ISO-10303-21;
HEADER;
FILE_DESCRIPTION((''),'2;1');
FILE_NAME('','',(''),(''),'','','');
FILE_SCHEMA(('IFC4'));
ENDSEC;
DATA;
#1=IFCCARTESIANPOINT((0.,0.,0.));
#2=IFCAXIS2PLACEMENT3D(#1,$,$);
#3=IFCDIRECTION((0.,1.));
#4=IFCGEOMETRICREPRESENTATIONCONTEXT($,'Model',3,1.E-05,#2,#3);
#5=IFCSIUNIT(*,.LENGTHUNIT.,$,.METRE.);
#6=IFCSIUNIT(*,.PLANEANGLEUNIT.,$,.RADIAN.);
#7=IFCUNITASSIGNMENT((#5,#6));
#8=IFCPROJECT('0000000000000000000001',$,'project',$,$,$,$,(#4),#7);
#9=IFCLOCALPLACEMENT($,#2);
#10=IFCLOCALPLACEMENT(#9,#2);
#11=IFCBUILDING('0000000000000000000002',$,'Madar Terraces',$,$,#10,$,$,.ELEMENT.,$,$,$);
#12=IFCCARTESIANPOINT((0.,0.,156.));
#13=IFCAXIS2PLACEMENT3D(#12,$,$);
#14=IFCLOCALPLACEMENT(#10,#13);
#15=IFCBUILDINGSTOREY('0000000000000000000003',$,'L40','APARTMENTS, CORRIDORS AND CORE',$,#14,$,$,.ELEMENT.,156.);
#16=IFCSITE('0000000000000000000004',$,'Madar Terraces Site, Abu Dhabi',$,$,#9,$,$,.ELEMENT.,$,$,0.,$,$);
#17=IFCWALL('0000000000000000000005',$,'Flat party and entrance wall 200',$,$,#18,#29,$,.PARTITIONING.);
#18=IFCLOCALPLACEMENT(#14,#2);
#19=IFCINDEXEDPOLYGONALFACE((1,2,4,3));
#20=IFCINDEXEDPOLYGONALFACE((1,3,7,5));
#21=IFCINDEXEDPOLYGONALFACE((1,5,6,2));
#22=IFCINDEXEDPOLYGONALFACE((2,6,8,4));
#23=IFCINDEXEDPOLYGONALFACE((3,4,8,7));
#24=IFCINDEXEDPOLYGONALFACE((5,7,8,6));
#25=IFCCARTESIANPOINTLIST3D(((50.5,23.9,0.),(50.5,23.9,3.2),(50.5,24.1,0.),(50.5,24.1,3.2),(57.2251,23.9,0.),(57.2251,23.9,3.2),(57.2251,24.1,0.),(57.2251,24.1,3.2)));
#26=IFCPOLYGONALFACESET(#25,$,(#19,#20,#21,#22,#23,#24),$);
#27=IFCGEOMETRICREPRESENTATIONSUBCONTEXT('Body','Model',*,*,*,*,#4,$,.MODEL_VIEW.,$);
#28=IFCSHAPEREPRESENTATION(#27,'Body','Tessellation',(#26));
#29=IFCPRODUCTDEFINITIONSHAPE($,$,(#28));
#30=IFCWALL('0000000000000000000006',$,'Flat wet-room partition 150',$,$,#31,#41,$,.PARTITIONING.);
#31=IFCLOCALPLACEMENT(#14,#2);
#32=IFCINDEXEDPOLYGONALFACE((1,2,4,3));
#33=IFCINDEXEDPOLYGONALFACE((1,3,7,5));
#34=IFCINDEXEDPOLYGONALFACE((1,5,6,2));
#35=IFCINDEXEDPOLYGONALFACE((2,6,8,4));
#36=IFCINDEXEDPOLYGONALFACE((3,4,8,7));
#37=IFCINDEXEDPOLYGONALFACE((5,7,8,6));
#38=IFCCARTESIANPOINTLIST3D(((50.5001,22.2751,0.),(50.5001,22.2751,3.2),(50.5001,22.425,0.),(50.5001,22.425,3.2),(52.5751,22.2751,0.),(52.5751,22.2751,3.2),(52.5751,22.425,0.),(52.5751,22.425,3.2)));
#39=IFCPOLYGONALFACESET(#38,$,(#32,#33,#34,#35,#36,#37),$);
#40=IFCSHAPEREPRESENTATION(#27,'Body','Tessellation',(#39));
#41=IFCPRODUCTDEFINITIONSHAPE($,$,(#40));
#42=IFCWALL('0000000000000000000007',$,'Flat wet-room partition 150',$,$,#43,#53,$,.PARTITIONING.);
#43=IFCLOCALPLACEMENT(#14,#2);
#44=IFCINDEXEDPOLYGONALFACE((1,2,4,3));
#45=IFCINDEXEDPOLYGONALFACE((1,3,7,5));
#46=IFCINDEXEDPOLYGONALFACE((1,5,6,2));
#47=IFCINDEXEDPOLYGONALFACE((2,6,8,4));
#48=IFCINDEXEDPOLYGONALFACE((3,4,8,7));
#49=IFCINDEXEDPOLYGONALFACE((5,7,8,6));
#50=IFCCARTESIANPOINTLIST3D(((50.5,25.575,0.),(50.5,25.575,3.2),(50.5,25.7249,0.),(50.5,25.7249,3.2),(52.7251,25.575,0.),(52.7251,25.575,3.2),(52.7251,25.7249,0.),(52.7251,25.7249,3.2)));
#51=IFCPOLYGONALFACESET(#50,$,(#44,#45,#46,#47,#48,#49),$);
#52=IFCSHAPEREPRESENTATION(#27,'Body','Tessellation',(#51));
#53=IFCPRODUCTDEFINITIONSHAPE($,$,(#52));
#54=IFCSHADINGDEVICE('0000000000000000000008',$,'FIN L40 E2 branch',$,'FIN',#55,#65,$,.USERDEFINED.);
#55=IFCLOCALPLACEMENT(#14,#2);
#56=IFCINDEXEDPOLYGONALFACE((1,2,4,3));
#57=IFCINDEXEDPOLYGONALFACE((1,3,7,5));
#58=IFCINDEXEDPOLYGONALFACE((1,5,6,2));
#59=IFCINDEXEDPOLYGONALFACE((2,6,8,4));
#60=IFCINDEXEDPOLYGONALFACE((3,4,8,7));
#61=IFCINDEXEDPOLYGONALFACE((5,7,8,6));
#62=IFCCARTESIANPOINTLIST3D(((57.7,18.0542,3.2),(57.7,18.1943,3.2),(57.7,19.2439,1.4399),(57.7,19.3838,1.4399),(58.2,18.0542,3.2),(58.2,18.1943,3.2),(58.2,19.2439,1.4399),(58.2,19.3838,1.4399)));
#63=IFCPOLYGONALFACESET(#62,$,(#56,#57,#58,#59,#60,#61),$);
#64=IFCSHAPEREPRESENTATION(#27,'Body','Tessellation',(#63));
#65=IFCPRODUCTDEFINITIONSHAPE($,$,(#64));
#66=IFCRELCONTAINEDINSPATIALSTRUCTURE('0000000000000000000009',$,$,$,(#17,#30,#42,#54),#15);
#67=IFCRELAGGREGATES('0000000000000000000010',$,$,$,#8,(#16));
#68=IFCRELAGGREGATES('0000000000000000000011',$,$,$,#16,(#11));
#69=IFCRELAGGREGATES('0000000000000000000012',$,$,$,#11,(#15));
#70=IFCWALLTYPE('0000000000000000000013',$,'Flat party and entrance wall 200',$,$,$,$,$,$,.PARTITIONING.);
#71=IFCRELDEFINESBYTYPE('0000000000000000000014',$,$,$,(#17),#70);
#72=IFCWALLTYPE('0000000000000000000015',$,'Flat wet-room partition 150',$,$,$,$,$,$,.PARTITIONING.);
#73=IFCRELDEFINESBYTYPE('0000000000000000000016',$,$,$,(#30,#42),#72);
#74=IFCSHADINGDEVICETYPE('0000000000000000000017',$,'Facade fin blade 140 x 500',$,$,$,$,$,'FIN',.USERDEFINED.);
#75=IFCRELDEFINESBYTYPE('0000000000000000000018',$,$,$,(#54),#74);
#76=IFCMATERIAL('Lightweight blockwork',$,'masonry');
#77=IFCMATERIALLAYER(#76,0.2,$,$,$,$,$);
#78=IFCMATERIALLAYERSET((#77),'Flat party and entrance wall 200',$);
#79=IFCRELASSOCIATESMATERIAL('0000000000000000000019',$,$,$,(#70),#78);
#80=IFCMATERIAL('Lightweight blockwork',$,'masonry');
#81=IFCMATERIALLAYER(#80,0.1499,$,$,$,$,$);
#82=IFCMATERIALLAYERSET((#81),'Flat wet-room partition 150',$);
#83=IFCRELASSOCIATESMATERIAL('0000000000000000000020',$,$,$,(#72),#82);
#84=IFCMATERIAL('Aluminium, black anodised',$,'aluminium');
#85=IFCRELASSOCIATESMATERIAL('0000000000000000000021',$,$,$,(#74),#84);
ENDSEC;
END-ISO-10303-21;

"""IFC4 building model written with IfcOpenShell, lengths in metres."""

from ifc_helpers import new_model, si_unit, direction, frame, frame_2d, origin, place, context, subcontext, project, spatial, polyline, rectangle, outline, extrude, material, layer, layer_set, type_object, element, save


model = new_model("IFC4")

# Units and contexts
model_context = context("Model", 3, precision=1e-05, world=origin(), true_north=direction((0.0, 1.0)))
body_context = subcontext(model_context, "Body", "Model", "MODEL_VIEW")
ifc_project = project(units=[si_unit("LENGTHUNIT", "METRE"), si_unit("PLANEANGLEUNIT", "RADIAN")], contexts=[model_context])

# Site, building, storey
site_placement = place(None, origin())
site = spatial("IfcSite", under=ifc_project, at=site_placement, Name="Madar Terraces Site, Abu Dhabi", CompositionType="ELEMENT", RefElevation=0.0)
building_placement = place(site_placement, origin())
building = spatial("IfcBuilding", under=site, at=building_placement, Name="Madar Terraces", CompositionType="ELEMENT")
storey_placement = place(building_placement, frame((0.0, 0.0, 156.0)))
storey = spatial("IfcBuildingStorey", under=building, at=storey_placement, Name="L40", Description="APARTMENTS, CORRIDORS AND CORE", CompositionType="ELEMENT", Elevation=156.0)

# Walls
ifc_material_1 = material(Name="Lightweight blockwork", Category="masonry")
ifc_layer_1 = layer(ifc_material_1, 0.2)
ifc_layer_set_1 = layer_set([ifc_layer_1], Name="Flat party and entrance wall 200")
wall_type_1 = type_object("IfcWallType", Name="Flat party and entrance wall 200", PredefinedType="PARTITIONING", material=ifc_layer_set_1)
wall_1_placement = place(storey_placement, frame((50.5, 24.0, 0.0), z_axis=(0.0, 0.0, 1.0), x_axis=(1.0, 0.0, 0.0)))
element("IfcWall", 1, at=wall_1_placement, inside=storey, type_object=wall_type_1, Name="Flat party and entrance wall 200", PredefinedType="PARTITIONING", context=body_context, shape_type="SweptSolid", body=[
    extrude(rectangle(XDim=6.7251, YDim=0.2, at=frame_2d((3.3625, 0.0))), origin(), (0.0, 0.0, 1.0), 3.2),
])
ifc_material_2 = material(Name="Lightweight blockwork", Category="masonry")
ifc_layer_2 = layer(ifc_material_2, 0.1499)
ifc_layer_set_2 = layer_set([ifc_layer_2], Name="Flat wet-room partition 150")
wall_type_2 = type_object("IfcWallType", Name="Flat wet-room partition 150", PredefinedType="PARTITIONING", material=ifc_layer_set_2)
wall_2_placement = place(storey_placement, frame((50.5, 22.3501, 0.0), z_axis=(0.0, 0.0, 1.0), x_axis=(1.0, 0.0, 0.0)))
element("IfcWall", 2, at=wall_2_placement, inside=storey, type_object=wall_type_2, Name="Flat wet-room partition 150", PredefinedType="PARTITIONING", context=body_context, shape_type="SweptSolid", body=[
    extrude(rectangle(XDim=2.075, YDim=0.1499, at=frame_2d((1.0376, 0.0))), origin(), (0.0, 0.0, 1.0), 3.2),
])
wall_3_placement = place(storey_placement, frame((50.5, 25.6499, 0.0), z_axis=(0.0, 0.0, 1.0), x_axis=(1.0, 0.0, 0.0)))
element("IfcWall", 3, at=wall_3_placement, inside=storey, type_object=wall_type_2, Name="Flat wet-room partition 150", PredefinedType="PARTITIONING", context=body_context, shape_type="SweptSolid", body=[
    extrude(rectangle(XDim=2.2251, YDim=0.1499, at=frame_2d((1.1125, 0.0))), origin(), (0.0, 0.0, 1.0), 3.2),
])

# Shading device
ifc_material_3 = material(Name="Aluminium, black anodised", Category="aluminium")
shading_device_type = type_object("IfcShadingDeviceType", Name="Facade fin blade 140 x 500", ElementType="FIN", PredefinedType="USERDEFINED", material=ifc_material_3)
shading_device_placement = place(storey_placement, frame((57.95, 19.2439, 1.4399), z_axis=(0.0, 0.0, 1.0), x_axis=(0.0, 1.0, 0.0)))
element("IfcShadingDevice", 4, at=shading_device_placement, inside=storey, type_object=shading_device_type, Name="FIN L40 E2 branch", ObjectType="FIN", PredefinedType="USERDEFINED", context=body_context, shape_type="SweptSolid", body=[
    extrude(outline(polyline([(0.0, 0.0), (0.1399, 0.0), (-1.0496, 1.76), (-1.1897, 1.76), (0.0, 0.0)])), frame((0.0, 0.25, 0.0), z_axis=(0.0, -1.0, 0.0), x_axis=(1.0, 0.0, 0.0)), (0.0, 0.0, 1.0), 0.5),
])

save(model, "model.ifc")
